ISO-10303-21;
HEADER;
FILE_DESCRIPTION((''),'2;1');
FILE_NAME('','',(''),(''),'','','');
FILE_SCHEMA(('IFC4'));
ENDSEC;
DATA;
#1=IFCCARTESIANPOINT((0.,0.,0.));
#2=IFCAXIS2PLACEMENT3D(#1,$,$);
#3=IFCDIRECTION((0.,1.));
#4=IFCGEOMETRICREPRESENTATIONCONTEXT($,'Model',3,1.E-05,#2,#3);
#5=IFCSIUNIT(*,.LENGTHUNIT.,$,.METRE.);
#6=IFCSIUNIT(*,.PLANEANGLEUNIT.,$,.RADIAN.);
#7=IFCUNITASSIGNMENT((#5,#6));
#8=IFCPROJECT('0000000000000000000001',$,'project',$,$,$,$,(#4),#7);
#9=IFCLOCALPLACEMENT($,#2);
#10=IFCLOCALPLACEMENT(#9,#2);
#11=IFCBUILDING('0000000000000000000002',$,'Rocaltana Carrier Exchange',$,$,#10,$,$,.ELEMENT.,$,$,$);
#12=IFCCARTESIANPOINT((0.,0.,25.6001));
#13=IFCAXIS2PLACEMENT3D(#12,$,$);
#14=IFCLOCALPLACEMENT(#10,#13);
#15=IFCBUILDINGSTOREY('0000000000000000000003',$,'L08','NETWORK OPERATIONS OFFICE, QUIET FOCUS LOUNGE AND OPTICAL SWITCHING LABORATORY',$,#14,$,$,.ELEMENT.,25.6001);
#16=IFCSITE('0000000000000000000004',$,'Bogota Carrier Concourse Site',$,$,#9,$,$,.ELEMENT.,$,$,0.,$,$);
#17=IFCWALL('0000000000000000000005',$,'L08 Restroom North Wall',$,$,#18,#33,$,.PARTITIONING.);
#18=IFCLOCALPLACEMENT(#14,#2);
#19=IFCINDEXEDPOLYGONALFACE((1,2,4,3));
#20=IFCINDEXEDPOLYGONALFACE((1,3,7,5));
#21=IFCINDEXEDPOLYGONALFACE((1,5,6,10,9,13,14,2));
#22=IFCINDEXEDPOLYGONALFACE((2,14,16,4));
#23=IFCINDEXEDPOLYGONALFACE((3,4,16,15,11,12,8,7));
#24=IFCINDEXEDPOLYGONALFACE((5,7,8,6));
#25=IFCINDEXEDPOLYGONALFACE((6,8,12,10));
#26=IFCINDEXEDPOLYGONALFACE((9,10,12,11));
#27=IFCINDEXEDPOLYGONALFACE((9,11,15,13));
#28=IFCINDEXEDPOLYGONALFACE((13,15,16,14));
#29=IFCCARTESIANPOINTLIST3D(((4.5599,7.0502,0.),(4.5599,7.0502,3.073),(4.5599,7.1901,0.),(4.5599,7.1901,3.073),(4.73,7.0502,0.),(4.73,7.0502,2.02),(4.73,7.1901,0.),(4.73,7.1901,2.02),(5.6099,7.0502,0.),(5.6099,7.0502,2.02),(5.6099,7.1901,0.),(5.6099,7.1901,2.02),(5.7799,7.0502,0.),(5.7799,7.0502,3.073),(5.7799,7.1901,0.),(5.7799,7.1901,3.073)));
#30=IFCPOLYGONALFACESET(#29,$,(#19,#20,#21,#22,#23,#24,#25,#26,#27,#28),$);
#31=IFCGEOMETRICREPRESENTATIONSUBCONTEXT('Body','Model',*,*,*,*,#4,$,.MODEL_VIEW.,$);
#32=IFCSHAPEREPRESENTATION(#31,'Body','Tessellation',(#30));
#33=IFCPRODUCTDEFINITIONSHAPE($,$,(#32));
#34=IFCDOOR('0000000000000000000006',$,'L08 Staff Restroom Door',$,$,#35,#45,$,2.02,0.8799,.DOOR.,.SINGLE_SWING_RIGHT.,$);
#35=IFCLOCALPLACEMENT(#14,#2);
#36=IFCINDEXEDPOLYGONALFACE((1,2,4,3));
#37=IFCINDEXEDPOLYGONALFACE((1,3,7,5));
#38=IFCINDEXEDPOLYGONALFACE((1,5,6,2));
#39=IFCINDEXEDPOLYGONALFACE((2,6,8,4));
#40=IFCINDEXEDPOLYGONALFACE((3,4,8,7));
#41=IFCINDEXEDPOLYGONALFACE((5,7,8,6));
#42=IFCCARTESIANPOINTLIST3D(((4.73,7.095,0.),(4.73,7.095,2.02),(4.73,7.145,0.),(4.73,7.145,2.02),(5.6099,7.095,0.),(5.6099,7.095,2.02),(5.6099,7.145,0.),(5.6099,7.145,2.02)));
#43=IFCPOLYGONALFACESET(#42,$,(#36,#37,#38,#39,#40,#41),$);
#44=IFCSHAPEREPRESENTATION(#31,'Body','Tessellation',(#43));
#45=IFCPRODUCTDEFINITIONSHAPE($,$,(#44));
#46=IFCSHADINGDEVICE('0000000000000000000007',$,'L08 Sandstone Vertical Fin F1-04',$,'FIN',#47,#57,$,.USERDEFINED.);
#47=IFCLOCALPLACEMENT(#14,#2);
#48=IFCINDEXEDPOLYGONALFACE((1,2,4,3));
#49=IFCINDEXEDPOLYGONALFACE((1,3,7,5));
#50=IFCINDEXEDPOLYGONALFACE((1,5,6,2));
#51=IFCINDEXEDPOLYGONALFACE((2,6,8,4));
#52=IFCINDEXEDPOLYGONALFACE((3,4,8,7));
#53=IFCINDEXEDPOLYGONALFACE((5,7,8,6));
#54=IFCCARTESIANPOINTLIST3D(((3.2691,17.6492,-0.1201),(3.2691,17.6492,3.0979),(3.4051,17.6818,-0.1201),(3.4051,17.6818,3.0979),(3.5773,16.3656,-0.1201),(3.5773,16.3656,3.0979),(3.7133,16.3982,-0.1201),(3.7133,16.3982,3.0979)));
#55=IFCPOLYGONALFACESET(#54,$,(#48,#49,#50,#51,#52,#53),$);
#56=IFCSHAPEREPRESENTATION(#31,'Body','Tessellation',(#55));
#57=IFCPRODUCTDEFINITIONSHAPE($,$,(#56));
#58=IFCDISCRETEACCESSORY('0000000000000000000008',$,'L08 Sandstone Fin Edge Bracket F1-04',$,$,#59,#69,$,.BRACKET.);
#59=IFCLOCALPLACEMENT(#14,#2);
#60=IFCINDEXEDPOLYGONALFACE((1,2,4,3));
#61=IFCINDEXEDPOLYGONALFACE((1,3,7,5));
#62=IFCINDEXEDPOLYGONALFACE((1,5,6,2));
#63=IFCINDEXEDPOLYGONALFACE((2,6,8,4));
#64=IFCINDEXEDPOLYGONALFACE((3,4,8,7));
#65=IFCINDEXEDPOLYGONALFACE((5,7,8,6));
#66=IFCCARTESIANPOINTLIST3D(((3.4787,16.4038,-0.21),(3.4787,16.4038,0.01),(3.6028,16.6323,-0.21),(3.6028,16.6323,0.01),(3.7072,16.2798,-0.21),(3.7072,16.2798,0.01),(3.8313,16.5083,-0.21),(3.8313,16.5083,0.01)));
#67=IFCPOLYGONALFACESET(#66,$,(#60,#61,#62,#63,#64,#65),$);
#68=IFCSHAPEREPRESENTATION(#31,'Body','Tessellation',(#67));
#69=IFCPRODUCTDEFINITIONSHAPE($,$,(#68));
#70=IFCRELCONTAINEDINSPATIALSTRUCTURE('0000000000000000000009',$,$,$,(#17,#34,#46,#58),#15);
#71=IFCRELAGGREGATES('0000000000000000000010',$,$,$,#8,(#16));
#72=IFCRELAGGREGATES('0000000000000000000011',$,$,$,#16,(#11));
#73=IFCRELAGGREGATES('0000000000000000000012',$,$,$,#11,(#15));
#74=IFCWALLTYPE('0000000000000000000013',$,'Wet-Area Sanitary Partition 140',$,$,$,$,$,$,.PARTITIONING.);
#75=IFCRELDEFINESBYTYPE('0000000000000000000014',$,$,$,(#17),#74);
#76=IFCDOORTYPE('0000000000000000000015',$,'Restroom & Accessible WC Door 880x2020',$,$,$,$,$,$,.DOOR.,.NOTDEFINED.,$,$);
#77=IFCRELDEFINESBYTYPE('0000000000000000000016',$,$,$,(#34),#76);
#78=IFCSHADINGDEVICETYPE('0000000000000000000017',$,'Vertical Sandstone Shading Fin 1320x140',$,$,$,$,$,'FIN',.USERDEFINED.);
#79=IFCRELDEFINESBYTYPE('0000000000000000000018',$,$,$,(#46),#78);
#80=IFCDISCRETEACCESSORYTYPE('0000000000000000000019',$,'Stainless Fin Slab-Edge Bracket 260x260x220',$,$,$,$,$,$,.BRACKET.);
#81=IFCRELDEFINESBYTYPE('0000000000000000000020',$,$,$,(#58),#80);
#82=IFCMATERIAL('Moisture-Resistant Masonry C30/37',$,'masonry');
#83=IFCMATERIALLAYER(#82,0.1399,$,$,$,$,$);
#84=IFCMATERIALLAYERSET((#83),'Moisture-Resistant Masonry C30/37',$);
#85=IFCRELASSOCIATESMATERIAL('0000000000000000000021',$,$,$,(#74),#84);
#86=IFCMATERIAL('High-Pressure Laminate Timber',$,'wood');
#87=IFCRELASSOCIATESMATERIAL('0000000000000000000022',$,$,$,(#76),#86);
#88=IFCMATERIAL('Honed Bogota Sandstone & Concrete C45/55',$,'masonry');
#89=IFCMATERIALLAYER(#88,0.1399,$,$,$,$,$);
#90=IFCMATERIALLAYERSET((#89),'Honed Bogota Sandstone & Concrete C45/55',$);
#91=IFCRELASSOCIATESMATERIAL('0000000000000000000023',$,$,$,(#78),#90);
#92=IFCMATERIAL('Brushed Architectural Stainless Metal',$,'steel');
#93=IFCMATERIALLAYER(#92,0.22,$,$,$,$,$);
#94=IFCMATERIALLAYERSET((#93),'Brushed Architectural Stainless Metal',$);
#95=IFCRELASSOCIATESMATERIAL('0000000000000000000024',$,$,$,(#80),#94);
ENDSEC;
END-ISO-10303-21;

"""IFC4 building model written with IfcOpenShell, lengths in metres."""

from ifc_helpers import new_model, si_unit, direction, frame, frame_2d, origin, origin_2d, place, context, subcontext, project, spatial, rectangle, extrude, material, layer, layer_set, type_object, element, fill, save


model = new_model("IFC4")

# Units and contexts
model_context = context("Model", 3, precision=1e-05, world=origin(), true_north=direction((0.0, 1.0)))
body_context = subcontext(model_context, "Body", "Model", "MODEL_VIEW")
ifc_project = project(units=[si_unit("LENGTHUNIT", "METRE"), si_unit("PLANEANGLEUNIT", "RADIAN")], contexts=[model_context])

# Site, building, storey
site_placement = place(None, origin())
site = spatial("IfcSite", under=ifc_project, at=site_placement, Name="Bogota Carrier Concourse Site", CompositionType="ELEMENT", RefElevation=0.0)
building_placement = place(site_placement, origin())
building = spatial("IfcBuilding", under=site, at=building_placement, Name="Rocaltana Carrier Exchange", CompositionType="ELEMENT")
storey_placement = place(building_placement, frame((0.0, 0.0, 25.6001)))
storey = spatial("IfcBuildingStorey", under=building, at=storey_placement, Name="L08", Description="NETWORK OPERATIONS OFFICE, QUIET FOCUS LOUNGE AND OPTICAL SWITCHING LABORATORY", CompositionType="ELEMENT", Elevation=25.6001)

# Shared definitions
ifc_material_1 = material(Name="Moisture-Resistant Masonry C30/37", Category="masonry")
ifc_layer_1 = layer(ifc_material_1, 0.1399)
ifc_layer_set_1 = layer_set([ifc_layer_1], Name="Moisture-Resistant Masonry C30/37")
wall_type_1 = type_object("IfcWallType", Name="Wet-Area Sanitary Partition 140", PredefinedType="PARTITIONING", material=ifc_layer_set_1)

# Wall, opening, door
wall_1_placement = place(storey_placement, frame((4.5601, 7.1201, 0.0), z_axis=(0.0, 0.0, 1.0), x_axis=(1.0, 0.0, 0.0)))
wall_1 = element("IfcWall", 1, at=wall_1_placement, inside=storey, type_object=wall_type_1, Name="L08 Restroom North Wall", PredefinedType="PARTITIONING", context=body_context, shape_type="SweptSolid", body=[
    extrude(rectangle(XDim=1.22, YDim=0.1399, at=frame_2d((0.6099, 0.0))), origin(), (0.0, 0.0, 1.0), 3.073),
])
opening_1_placement = place(wall_1_placement, frame((0.1699, 0.0, 0.0)))
opening_1 = element("IfcOpeningElement", 2, at=opening_1_placement, cuts=wall_1, PredefinedType="OPENING", context=body_context, shape_type="SweptSolid", body=[
    extrude(rectangle(XDim=0.8799, YDim=2.02, at=frame_2d((0.4399, 1.01))), frame((0.0, 0.0798, 0.0), z_axis=(0.0, -1.0, 0.0), x_axis=(1.0, 0.0, 0.0)), (0.0, 0.0, 1.0), 0.1599),
])
ifc_material_2 = material(Name="High-Pressure Laminate Timber", Category="wood")
door_type_1 = type_object("IfcDoorType", Name="Restroom & Accessible WC Door 880x2020", OperationType="NOTDEFINED", PredefinedType="DOOR", material=ifc_material_2)
door_1_placement = place(opening_1_placement, origin())
door_1 = element("IfcDoor", 3, at=door_1_placement, inside=storey, type_object=door_type_1, Name="L08 Staff Restroom Door", OperationType="SINGLE_SWING_RIGHT", OverallHeight=2.02, OverallWidth=0.8799, PredefinedType="DOOR", context=body_context, shape_type="SweptSolid", body=[
    extrude(rectangle(XDim=0.8799, YDim=2.02, at=frame_2d((0.4399, 1.01))), frame((0.0, 0.0249, 0.0), z_axis=(0.0, -1.0, 0.0), x_axis=(1.0, 0.0, 0.0)), (0.0, 0.0, 1.0), 0.05),
])
fill(opening_1, door_1)

# Shading device
ifc_material_3 = material(Name="Honed Bogota Sandstone & Concrete C45/55", Category="masonry")
ifc_layer_2 = layer(ifc_material_3, 0.1399)
ifc_layer_set_2 = layer_set([ifc_layer_2], Name="Honed Bogota Sandstone & Concrete C45/55")
shading_device_type = type_object("IfcShadingDeviceType", Name="Vertical Sandstone Shading Fin 1320x140", ElementType="FIN", PredefinedType="USERDEFINED", material=ifc_layer_set_2)
shading_device_placement = place(storey_placement, frame((3.4912, 17.0237, -0.1201), z_axis=(0.0, 0.0, 1.0), x_axis=(-0.233445, 0.97237, 0.0)))
element("IfcShadingDevice", 4, at=shading_device_placement, inside=storey, type_object=shading_device_type, Name="L08 Sandstone Vertical Fin F1-04", ObjectType="FIN", PredefinedType="USERDEFINED", context=body_context, shape_type="SweptSolid", body=[
    extrude(rectangle(XDim=1.3201, YDim=0.1399, at=origin_2d()), origin(), (0.0, 0.0, 1.0), 3.218),
])

# Discrete accessory
ifc_material_4 = material(Name="Brushed Architectural Stainless Metal", Category="steel")
ifc_layer_3 = layer(ifc_material_4, 0.22)
ifc_layer_set_3 = layer_set([ifc_layer_3], Name="Brushed Architectural Stainless Metal")
discrete_accessory_type = type_object("IfcDiscreteAccessoryType", Name="Stainless Fin Slab-Edge Bracket 260x260x220", PredefinedType="BRACKET", material=ifc_layer_set_3)
discrete_accessory_placement = place(storey_placement, frame((3.655, 16.4561, -0.21), z_axis=(0.0, 0.0, 1.0), x_axis=(-0.878817, 0.477159, 0.0)))
element("IfcDiscreteAccessory", 5, at=discrete_accessory_placement, inside=storey, type_object=discrete_accessory_type, Name="L08 Sandstone Fin Edge Bracket F1-04", PredefinedType="BRACKET", context=body_context, shape_type="SweptSolid", body=[
    extrude(rectangle(XDim=0.26, YDim=0.26, at=origin_2d()), origin(), (0.0, 0.0, 1.0), 0.22),
])

save(model, "model.ifc")
